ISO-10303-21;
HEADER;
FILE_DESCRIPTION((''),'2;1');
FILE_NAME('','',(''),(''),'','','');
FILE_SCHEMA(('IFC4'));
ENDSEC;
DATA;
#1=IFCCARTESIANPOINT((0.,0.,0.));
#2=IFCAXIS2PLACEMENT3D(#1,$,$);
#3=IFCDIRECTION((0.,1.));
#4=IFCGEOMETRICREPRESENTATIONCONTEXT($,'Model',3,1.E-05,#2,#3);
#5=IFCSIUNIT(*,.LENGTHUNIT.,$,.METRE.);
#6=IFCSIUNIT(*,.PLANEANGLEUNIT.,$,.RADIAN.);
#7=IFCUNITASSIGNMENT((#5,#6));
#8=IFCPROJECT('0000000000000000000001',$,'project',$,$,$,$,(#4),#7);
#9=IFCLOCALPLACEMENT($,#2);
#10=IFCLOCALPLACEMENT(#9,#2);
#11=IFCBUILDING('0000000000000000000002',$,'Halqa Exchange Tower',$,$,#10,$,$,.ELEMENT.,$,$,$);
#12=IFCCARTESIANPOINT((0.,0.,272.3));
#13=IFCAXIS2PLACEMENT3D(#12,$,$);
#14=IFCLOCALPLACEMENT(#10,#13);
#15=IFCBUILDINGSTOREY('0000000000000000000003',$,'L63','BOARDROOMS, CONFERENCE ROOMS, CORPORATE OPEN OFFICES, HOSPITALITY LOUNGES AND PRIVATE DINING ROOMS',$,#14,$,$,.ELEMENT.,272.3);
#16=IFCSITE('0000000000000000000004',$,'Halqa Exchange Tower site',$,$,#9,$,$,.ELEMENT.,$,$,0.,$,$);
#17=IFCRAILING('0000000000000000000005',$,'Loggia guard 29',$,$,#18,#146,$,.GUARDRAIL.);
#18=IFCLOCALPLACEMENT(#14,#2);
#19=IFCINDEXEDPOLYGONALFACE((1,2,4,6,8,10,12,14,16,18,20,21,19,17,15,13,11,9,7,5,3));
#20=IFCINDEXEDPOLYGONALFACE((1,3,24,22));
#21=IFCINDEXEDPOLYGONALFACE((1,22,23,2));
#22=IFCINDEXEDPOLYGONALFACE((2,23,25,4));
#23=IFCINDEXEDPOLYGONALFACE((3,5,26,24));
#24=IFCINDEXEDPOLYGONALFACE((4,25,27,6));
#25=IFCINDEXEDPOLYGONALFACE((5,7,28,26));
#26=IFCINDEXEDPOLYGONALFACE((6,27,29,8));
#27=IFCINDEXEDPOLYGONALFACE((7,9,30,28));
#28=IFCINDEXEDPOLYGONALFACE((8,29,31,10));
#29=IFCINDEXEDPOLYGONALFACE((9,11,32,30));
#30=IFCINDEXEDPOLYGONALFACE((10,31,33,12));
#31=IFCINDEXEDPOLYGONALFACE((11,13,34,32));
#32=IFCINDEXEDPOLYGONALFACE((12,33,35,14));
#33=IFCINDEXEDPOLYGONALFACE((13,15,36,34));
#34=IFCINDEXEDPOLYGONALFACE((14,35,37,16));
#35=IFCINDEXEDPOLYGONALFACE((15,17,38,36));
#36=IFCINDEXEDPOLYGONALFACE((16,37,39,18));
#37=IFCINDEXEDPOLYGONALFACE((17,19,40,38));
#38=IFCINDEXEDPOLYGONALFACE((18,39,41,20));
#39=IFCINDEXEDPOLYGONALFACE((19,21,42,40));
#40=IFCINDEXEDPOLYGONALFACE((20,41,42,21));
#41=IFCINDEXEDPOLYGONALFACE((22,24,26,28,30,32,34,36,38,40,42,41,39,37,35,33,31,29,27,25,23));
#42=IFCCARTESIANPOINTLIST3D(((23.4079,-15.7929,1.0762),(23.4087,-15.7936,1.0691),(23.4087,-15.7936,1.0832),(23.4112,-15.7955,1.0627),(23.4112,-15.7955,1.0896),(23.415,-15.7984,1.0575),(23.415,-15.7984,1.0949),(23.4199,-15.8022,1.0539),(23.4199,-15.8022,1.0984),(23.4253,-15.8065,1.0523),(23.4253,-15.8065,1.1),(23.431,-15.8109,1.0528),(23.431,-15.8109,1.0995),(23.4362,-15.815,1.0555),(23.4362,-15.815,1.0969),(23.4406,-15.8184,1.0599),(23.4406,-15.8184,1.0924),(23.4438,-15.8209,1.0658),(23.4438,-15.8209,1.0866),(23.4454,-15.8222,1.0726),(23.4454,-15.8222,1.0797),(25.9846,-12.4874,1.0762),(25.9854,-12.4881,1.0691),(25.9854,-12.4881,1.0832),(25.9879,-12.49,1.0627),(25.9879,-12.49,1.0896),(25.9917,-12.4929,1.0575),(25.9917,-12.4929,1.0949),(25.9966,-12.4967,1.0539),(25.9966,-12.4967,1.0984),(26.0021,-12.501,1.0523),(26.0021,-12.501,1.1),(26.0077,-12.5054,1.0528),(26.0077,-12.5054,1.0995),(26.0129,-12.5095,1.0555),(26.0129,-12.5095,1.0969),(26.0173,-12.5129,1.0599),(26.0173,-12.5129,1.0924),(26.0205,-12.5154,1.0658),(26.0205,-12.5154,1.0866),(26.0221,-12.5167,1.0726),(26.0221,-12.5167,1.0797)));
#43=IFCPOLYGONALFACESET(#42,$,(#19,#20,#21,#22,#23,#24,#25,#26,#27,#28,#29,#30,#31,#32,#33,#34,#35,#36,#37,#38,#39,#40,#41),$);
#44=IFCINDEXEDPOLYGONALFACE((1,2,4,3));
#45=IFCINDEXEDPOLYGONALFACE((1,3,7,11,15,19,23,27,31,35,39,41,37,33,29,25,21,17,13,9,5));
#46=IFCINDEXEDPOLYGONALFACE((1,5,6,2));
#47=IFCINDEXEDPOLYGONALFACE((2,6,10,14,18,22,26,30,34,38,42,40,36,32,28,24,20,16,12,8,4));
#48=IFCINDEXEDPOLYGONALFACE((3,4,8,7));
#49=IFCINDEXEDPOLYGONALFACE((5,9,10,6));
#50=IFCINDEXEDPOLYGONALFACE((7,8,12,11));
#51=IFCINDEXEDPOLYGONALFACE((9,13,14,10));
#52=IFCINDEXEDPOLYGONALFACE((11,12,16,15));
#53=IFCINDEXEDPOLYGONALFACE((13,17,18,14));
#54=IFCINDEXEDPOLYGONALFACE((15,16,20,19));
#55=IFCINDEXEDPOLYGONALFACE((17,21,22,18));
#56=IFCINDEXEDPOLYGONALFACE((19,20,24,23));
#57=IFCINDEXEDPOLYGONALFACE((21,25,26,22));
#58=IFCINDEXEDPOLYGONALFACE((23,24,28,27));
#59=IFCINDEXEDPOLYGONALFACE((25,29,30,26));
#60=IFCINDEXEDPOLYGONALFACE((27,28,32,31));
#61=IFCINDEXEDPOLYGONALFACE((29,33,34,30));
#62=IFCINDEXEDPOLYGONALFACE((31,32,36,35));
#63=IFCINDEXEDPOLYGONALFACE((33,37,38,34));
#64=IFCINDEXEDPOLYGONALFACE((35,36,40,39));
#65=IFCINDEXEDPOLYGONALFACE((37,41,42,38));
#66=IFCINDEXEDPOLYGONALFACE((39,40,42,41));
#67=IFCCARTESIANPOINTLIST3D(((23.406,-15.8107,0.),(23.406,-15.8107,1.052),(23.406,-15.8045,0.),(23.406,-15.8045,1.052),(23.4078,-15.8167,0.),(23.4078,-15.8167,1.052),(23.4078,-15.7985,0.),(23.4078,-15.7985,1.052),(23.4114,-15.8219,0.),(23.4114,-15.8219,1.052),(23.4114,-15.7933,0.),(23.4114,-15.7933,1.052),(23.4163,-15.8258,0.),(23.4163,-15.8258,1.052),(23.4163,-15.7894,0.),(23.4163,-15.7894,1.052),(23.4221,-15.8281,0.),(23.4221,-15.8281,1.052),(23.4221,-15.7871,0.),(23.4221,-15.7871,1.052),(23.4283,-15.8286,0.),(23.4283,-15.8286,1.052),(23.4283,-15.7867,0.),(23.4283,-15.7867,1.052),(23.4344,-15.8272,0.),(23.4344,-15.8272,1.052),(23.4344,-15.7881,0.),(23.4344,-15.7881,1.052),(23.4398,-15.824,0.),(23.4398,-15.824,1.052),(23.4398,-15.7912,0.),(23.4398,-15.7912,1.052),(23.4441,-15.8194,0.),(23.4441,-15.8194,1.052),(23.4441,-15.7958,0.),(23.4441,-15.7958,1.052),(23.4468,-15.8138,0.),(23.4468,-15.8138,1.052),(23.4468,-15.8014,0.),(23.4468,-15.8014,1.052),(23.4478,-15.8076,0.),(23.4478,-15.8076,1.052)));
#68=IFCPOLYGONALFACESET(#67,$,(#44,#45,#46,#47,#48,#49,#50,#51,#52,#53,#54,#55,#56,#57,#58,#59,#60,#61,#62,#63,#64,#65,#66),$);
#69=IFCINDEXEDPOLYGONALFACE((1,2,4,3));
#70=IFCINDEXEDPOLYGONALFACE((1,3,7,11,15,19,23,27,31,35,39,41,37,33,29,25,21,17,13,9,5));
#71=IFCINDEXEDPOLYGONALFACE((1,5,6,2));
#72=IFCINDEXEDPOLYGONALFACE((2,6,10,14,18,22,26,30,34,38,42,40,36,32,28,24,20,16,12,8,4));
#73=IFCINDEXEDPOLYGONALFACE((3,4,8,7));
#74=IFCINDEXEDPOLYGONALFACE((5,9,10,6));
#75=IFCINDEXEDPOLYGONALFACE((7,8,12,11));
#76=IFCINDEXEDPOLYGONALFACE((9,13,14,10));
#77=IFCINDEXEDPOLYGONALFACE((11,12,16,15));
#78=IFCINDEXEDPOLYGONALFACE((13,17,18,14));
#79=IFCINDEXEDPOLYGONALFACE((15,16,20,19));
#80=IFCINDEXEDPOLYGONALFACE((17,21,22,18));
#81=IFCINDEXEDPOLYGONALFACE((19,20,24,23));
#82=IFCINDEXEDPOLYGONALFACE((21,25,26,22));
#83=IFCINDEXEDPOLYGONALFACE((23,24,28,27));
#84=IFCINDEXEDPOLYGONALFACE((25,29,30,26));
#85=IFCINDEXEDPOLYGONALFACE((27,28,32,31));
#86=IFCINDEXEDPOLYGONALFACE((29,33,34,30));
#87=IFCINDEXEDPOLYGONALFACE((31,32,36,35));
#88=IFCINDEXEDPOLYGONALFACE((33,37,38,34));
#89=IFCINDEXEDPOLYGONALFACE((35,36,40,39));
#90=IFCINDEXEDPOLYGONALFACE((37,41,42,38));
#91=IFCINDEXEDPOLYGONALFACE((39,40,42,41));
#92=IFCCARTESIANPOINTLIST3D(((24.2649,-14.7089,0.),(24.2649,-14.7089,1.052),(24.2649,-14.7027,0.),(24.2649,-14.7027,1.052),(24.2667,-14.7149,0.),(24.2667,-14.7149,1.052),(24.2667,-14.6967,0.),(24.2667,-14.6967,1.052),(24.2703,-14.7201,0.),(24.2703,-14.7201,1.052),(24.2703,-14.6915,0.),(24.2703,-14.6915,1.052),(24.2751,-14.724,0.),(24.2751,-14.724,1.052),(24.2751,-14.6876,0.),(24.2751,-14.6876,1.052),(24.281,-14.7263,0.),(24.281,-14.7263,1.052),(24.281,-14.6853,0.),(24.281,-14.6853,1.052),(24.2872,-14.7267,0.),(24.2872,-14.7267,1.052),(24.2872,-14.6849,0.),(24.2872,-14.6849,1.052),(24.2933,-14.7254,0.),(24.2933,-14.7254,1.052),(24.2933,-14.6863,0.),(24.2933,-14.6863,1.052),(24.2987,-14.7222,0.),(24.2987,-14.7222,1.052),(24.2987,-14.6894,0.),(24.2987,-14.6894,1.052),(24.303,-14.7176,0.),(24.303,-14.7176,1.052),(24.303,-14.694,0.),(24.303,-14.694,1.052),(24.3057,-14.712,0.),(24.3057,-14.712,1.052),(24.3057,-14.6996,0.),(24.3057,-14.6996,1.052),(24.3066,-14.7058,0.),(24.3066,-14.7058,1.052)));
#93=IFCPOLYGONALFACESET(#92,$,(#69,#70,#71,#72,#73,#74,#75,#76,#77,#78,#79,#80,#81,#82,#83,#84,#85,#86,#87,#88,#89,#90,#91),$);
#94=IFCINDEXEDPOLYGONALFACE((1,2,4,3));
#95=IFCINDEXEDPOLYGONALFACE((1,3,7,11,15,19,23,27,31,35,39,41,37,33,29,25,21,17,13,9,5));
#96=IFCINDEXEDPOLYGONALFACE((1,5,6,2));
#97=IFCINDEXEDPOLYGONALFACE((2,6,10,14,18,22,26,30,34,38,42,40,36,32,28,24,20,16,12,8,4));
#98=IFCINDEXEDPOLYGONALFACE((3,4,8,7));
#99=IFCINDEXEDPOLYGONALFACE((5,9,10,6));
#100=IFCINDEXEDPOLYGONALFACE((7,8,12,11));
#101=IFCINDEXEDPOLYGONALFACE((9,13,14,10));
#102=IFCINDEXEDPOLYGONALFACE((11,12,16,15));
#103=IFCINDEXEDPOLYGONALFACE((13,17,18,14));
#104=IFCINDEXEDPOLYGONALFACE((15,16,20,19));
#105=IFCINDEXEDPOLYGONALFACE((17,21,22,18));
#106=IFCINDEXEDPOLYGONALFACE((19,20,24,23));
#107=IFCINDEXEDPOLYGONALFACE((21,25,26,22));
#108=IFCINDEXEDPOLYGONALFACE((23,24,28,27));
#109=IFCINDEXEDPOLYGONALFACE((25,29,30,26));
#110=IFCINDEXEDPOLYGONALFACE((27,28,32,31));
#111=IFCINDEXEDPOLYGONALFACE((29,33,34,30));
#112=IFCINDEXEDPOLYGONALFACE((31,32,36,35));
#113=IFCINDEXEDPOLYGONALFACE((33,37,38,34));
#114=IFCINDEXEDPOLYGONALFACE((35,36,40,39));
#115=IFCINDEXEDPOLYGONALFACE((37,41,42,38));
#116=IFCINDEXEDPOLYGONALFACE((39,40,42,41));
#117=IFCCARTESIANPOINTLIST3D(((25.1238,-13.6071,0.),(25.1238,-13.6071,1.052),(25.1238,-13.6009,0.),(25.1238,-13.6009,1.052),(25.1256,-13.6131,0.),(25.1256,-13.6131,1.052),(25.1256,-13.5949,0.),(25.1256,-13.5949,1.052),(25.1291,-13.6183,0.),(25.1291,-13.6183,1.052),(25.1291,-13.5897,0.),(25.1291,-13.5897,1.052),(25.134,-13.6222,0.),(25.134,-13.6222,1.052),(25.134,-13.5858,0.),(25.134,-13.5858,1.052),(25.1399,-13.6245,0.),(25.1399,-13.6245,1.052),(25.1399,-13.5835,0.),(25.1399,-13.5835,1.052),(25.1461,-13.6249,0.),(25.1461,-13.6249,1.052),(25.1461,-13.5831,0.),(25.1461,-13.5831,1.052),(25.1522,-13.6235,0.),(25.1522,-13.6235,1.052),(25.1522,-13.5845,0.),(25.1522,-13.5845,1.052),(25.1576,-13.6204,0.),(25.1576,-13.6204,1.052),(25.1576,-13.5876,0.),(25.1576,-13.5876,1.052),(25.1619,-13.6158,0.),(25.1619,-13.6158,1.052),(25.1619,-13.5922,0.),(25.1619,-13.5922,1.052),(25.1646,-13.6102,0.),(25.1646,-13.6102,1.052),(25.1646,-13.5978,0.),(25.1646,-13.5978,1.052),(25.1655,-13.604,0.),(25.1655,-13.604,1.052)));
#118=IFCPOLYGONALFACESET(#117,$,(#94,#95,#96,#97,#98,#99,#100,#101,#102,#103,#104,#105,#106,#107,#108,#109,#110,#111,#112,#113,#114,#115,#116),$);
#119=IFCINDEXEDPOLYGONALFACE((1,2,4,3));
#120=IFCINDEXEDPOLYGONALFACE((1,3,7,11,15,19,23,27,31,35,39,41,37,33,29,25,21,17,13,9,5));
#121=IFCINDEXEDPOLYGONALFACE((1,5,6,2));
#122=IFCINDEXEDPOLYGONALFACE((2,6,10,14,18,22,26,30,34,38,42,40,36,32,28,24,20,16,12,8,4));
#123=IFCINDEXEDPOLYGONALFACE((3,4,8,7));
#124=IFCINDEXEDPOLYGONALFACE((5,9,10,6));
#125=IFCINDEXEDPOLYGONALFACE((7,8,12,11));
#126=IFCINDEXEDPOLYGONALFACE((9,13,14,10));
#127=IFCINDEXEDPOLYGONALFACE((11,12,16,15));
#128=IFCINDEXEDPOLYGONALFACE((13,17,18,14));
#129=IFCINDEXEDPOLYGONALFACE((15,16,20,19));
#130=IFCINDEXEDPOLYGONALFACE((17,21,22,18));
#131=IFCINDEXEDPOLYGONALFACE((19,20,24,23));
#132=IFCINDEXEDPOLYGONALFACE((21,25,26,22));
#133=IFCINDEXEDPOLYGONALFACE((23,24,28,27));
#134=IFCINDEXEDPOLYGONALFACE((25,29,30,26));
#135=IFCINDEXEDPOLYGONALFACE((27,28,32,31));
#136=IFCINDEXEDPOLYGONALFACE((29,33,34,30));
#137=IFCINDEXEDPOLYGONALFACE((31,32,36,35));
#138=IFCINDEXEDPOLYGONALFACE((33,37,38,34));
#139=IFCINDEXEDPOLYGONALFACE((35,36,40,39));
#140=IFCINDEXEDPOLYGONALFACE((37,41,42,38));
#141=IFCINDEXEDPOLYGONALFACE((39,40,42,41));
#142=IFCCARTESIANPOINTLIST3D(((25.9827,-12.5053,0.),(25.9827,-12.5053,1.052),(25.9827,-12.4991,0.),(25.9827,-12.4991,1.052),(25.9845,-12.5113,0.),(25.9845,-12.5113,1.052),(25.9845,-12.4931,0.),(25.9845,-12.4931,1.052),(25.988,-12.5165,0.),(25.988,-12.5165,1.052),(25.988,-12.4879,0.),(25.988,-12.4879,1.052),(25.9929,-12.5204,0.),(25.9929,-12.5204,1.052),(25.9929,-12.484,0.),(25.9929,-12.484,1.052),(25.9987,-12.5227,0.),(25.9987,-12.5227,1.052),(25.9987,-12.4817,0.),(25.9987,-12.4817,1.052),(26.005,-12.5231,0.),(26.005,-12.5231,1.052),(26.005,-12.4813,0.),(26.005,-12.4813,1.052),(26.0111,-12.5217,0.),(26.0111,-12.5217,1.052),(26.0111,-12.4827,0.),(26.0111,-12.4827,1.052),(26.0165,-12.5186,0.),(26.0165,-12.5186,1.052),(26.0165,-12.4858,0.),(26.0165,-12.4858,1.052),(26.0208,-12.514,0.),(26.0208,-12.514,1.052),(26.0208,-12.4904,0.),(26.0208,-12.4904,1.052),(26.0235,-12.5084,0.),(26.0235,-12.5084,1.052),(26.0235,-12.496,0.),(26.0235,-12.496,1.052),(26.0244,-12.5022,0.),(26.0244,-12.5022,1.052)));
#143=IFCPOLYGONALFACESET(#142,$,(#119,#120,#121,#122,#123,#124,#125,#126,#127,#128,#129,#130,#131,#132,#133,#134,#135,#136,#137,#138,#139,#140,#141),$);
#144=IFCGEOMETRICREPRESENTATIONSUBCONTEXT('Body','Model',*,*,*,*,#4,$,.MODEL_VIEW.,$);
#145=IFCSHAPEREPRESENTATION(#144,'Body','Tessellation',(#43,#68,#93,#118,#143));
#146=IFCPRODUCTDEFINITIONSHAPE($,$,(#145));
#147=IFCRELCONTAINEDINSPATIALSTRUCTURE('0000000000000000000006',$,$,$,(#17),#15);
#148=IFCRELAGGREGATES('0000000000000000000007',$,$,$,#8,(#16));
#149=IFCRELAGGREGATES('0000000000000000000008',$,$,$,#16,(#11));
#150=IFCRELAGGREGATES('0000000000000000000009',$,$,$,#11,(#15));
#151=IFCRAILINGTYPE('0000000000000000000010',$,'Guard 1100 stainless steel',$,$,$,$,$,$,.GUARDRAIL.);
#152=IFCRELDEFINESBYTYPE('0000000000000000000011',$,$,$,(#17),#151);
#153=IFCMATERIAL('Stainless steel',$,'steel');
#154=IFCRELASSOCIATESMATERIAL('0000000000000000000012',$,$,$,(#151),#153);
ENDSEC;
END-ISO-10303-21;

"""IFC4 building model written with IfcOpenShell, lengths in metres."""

from ifc_helpers import new_model, si_unit, direction, frame, origin, origin_2d, place, context, subcontext, project, spatial, circle, extrude, material, type_object, element, save


model = new_model("IFC4")

# Units and contexts
model_context = context("Model", 3, precision=1e-05, world=origin(), true_north=direction((0.0, 1.0)))
body_context = subcontext(model_context, "Body", "Model", "MODEL_VIEW")
ifc_project = project(units=[si_unit("LENGTHUNIT", "METRE"), si_unit("PLANEANGLEUNIT", "RADIAN")], contexts=[model_context])

# Site, building, storey
site_placement = place(None, origin())
site = spatial("IfcSite", under=ifc_project, at=site_placement, Name="Halqa Exchange Tower site", CompositionType="ELEMENT", RefElevation=0.0)
building_placement = place(site_placement, origin())
building = spatial("IfcBuilding", under=site, at=building_placement, Name="Halqa Exchange Tower", CompositionType="ELEMENT")
storey_placement = place(building_placement, frame((0.0, 0.0, 272.3)))
storey = spatial("IfcBuildingStorey", under=building, at=storey_placement, Name="L63", Description="BOARDROOMS, CONFERENCE ROOMS, CORPORATE OPEN OFFICES, HOSPITALITY LOUNGES AND PRIVATE DINING ROOMS", CompositionType="ELEMENT", Elevation=272.3)

# Railing
ifc_material_1 = material(Name="Stainless steel", Category="steel")
railing_type = type_object("IfcRailingType", Name="Guard 1100 stainless steel", PredefinedType="GUARDRAIL", material=ifc_material_1)
railing_1_placement = place(storey_placement, frame((23.4268, -15.8076, 0.0)))
element("IfcRailing", 1, at=railing_1_placement, inside=storey, type_object=railing_type, Name="Loggia guard 29", PredefinedType="GUARDRAIL", context=body_context, shape_type="SweptSolid", body=[
    extrude(circle(Radius=0.0239, at=origin_2d()), frame((0.0, 0.0, 1.0762), z_axis=(0.614799, 0.788684, 0.0), x_axis=(-0.788684, 0.614799, 0.0)), (0.0, 0.0, 1.0), 4.1912),
    extrude(circle(Radius=0.021, at=origin_2d()), origin(), (0.0, 0.0, 1.0), 1.052),
    extrude(circle(Radius=0.021, at=origin_2d()), frame((0.8589, 1.1018, 0.0)), (0.0, 0.0, 1.0), 1.052),
    extrude(circle(Radius=0.021, at=origin_2d()), frame((1.7178, 2.2036, 0.0)), (0.0, 0.0, 1.0), 1.052),
    extrude(circle(Radius=0.021, at=origin_2d()), frame((2.5767, 3.3054, 0.0)), (0.0, 0.0, 1.0), 1.052),
])

save(model, "model.ifc")
